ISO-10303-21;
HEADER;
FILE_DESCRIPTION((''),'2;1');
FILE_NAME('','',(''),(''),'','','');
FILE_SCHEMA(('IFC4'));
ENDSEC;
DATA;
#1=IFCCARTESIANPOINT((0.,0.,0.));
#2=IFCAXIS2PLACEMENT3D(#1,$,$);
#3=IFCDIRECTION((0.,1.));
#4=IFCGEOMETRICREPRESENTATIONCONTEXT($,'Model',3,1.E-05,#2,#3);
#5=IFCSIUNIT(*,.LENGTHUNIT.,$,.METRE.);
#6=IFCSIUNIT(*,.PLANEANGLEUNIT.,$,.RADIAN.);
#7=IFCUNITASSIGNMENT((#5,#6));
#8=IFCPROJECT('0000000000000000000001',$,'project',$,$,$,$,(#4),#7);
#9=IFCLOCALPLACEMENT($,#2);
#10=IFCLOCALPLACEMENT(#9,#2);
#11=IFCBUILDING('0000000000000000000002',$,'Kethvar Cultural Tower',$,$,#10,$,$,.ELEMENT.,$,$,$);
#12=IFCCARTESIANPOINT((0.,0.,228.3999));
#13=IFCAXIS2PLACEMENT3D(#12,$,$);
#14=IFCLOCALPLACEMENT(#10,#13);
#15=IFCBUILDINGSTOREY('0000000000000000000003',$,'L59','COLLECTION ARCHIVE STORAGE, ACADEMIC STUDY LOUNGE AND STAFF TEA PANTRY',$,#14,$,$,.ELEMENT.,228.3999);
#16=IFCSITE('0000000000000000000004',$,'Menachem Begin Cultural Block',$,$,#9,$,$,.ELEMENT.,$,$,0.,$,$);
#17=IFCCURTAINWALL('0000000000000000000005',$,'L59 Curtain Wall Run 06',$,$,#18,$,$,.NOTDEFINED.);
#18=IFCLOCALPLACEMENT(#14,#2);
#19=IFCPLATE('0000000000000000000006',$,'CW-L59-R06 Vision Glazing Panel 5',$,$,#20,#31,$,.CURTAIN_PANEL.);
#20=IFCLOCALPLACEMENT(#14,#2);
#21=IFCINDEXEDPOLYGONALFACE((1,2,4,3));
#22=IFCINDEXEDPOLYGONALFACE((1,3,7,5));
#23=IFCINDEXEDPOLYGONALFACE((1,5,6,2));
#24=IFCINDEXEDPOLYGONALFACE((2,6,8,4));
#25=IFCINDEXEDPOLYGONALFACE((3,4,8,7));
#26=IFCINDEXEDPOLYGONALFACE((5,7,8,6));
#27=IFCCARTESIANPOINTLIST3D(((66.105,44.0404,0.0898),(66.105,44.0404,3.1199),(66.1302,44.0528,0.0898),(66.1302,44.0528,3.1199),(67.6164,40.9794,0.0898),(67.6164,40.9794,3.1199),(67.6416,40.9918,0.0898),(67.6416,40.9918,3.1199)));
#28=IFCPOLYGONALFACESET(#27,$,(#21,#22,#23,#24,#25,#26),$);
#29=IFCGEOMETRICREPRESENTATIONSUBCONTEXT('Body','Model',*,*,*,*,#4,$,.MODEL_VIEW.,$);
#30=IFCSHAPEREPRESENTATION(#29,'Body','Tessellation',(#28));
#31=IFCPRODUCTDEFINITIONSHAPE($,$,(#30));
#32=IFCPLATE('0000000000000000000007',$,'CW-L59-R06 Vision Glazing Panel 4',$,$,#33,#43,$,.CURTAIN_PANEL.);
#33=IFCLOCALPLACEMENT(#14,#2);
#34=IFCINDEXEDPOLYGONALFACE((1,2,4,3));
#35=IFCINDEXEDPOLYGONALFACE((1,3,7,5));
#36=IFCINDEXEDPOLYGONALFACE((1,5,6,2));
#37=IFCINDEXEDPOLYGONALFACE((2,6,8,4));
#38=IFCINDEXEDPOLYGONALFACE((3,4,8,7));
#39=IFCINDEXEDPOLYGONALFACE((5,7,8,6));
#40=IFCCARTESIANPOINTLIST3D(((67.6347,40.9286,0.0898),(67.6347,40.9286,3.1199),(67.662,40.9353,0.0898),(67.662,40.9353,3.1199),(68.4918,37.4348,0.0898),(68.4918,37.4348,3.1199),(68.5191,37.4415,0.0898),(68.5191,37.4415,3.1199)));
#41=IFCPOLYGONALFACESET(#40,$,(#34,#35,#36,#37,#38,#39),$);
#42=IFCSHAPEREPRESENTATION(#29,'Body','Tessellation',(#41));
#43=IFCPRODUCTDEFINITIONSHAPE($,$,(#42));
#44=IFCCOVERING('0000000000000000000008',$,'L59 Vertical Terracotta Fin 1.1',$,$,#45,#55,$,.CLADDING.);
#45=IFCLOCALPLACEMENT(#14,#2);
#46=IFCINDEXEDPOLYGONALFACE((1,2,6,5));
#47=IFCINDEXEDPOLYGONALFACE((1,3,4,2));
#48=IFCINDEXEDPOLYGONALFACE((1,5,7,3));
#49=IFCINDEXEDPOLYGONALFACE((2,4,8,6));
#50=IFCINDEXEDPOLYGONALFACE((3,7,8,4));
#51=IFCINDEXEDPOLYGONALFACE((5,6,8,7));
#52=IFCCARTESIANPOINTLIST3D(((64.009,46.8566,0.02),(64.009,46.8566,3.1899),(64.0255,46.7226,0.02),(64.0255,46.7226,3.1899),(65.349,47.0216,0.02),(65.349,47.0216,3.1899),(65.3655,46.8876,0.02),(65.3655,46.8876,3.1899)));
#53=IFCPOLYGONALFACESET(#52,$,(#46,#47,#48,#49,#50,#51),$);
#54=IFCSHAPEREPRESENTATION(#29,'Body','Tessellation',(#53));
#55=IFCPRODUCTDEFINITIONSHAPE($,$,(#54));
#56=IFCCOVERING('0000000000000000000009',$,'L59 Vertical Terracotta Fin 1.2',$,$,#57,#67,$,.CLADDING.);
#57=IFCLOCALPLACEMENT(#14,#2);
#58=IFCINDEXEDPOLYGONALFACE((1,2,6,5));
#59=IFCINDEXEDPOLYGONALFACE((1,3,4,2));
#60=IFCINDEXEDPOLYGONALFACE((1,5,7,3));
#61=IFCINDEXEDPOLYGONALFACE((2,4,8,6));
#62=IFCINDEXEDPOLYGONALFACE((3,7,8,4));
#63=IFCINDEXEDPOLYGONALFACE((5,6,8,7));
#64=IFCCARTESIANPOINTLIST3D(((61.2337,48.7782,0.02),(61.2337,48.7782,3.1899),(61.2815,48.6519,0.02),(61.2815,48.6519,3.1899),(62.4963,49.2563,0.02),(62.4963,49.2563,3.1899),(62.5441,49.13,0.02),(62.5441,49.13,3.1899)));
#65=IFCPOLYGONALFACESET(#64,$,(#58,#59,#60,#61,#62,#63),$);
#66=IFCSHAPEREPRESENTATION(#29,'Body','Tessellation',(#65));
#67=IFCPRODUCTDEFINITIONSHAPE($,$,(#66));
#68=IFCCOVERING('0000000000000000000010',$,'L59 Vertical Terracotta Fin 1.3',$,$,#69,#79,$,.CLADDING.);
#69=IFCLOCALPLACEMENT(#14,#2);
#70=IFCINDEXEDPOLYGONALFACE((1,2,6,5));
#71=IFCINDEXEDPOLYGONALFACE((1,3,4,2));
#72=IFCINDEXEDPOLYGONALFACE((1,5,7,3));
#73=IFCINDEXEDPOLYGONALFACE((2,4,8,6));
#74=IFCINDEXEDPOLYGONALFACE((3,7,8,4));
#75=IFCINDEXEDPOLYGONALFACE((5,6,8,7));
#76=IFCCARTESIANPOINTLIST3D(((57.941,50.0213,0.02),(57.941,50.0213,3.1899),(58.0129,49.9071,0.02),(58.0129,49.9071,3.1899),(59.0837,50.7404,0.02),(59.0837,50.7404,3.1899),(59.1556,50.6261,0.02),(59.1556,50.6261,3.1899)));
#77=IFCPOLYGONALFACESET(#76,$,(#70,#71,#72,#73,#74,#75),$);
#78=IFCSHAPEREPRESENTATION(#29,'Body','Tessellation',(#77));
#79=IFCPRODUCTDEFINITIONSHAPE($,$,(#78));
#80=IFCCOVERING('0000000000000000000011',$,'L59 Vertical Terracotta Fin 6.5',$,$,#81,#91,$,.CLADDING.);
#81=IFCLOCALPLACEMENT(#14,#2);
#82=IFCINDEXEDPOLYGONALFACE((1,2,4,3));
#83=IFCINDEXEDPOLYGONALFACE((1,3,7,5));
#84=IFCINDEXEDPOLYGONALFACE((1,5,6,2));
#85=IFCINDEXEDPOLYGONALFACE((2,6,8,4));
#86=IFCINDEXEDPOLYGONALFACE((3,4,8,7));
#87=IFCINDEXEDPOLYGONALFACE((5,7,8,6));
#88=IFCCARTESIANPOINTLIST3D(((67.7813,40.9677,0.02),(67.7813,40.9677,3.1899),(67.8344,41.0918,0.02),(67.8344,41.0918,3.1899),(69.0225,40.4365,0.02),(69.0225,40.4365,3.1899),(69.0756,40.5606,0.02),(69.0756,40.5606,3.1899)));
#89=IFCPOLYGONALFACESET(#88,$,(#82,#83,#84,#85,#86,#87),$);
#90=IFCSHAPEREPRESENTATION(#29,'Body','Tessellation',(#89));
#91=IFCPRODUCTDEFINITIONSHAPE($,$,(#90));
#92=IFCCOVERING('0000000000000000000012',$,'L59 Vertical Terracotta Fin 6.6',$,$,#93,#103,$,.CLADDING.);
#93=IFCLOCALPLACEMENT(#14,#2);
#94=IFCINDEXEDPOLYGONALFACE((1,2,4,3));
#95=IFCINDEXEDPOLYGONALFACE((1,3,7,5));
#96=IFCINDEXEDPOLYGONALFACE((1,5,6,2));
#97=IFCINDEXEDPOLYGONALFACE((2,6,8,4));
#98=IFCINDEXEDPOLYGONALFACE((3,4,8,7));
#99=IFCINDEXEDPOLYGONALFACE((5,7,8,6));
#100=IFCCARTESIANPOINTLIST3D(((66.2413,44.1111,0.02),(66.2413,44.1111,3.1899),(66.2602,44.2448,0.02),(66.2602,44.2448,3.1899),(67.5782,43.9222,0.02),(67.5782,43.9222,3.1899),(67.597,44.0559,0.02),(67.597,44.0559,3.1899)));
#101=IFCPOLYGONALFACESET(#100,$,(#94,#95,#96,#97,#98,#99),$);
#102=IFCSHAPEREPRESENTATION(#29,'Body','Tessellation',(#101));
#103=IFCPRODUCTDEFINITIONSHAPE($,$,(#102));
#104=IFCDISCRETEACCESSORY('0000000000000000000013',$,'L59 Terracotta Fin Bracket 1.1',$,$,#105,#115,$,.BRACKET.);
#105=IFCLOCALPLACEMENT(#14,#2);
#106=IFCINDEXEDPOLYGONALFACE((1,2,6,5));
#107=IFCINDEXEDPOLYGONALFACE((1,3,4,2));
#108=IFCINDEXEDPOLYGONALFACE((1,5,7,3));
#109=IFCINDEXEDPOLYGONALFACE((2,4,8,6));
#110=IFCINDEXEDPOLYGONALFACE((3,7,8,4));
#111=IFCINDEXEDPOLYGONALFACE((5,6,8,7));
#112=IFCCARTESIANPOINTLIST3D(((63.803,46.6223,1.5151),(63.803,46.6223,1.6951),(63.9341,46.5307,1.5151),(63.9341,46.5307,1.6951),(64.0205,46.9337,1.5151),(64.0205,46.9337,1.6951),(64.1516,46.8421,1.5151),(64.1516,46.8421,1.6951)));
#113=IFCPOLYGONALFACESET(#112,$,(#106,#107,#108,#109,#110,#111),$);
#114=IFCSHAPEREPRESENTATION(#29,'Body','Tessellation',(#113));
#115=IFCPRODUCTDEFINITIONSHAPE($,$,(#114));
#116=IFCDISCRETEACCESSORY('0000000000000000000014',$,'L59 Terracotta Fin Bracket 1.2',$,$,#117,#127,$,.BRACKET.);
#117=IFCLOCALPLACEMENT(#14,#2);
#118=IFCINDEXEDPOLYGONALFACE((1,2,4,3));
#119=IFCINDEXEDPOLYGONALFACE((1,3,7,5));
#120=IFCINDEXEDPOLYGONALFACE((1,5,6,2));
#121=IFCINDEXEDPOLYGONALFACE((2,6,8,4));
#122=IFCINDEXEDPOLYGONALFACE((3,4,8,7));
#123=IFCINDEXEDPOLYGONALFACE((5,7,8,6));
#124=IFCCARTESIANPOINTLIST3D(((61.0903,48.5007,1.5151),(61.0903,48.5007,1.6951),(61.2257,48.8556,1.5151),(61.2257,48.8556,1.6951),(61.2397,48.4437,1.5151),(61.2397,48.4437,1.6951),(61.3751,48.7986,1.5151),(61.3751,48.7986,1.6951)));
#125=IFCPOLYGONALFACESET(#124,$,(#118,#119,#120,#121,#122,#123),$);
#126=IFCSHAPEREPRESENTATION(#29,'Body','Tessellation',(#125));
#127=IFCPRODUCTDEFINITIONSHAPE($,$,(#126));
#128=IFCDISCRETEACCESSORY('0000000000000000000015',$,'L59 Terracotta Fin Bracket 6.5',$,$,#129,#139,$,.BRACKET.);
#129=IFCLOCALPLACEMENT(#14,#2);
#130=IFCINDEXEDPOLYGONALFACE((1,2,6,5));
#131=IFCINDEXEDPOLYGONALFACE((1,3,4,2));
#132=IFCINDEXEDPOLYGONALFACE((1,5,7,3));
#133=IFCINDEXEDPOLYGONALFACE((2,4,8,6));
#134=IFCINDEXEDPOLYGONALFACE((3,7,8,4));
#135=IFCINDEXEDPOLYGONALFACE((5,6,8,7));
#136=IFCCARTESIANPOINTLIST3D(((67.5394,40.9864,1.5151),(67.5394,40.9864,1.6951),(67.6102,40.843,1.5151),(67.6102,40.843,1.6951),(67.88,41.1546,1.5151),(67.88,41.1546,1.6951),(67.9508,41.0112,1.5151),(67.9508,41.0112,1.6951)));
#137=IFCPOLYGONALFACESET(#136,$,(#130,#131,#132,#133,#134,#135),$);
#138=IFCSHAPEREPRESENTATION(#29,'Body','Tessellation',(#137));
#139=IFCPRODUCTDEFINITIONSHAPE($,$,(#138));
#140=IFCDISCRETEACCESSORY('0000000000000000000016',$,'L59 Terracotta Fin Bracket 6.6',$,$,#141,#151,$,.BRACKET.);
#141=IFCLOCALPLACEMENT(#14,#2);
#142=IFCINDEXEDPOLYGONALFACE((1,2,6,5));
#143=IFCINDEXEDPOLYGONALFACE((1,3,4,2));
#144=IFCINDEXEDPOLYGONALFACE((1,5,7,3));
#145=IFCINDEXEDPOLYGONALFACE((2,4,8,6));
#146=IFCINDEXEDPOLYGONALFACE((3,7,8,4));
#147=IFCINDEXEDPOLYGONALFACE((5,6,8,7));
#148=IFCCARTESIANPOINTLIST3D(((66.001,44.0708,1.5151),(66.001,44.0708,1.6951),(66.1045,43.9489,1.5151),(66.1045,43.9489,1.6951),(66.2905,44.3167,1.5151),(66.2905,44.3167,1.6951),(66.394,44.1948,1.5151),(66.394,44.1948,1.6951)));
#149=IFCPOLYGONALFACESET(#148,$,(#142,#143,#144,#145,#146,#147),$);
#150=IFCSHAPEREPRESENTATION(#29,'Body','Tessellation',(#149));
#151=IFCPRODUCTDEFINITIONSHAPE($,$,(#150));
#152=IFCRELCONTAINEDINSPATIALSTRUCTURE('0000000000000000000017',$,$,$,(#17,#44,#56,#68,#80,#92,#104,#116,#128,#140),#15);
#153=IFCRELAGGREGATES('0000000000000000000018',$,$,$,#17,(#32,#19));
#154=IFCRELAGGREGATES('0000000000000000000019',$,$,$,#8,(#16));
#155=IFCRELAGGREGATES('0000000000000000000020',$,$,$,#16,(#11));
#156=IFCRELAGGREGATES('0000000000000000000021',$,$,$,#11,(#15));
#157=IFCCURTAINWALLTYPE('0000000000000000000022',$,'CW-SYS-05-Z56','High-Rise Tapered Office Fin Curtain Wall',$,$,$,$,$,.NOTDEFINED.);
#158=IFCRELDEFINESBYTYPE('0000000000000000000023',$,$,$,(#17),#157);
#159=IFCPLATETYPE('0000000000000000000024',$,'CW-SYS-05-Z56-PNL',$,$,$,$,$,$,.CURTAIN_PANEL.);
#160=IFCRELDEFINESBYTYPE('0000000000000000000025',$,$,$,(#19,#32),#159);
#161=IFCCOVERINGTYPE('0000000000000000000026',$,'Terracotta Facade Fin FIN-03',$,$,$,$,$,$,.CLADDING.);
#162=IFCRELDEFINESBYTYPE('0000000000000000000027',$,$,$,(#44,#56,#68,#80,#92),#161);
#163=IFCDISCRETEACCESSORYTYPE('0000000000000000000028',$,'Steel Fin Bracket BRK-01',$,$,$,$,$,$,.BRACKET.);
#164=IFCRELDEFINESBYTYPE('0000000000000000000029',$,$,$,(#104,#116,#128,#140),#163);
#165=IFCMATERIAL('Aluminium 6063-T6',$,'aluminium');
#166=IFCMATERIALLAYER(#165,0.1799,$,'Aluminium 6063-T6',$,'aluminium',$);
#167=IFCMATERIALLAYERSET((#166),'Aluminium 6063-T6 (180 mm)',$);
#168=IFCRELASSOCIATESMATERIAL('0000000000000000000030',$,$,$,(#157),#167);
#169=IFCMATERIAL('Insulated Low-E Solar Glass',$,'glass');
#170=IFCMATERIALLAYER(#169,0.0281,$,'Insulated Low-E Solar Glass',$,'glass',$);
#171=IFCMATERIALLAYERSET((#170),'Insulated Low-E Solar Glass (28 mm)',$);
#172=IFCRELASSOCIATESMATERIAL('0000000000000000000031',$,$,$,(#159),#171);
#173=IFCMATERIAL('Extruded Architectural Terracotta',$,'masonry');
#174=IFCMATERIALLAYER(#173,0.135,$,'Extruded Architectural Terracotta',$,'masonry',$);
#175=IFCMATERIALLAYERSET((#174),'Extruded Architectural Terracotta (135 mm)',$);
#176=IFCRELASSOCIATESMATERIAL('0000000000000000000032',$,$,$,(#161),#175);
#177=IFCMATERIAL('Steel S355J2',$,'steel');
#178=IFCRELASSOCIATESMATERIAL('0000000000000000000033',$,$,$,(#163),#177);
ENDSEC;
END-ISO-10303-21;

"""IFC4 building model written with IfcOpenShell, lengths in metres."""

from ifc_helpers import new_model, si_unit, direction, frame, origin, origin_2d, place, context, subcontext, project, spatial, rectangle, extrude, source, transform, mapped, material, layer, layer_set, type_object, element, aggregate, save


model = new_model("IFC4")

# Units and contexts
model_context = context("Model", 3, precision=1e-05, world=origin(), true_north=direction((0.0, 1.0)))
body_context = subcontext(model_context, "Body", "Model", "MODEL_VIEW")
ifc_project = project(units=[si_unit("LENGTHUNIT", "METRE"), si_unit("PLANEANGLEUNIT", "RADIAN")], contexts=[model_context])

# Site, building, storey
site_placement = place(None, origin())
site = spatial("IfcSite", under=ifc_project, at=site_placement, Name="Menachem Begin Cultural Block", CompositionType="ELEMENT", RefElevation=0.0)
building_placement = place(site_placement, origin())
building = spatial("IfcBuilding", under=site, at=building_placement, Name="Kethvar Cultural Tower", CompositionType="ELEMENT")
storey_placement = place(building_placement, frame((0.0, 0.0, 228.3999)))
storey = spatial("IfcBuildingStorey", under=building, at=storey_placement, Name="L59", Description="COLLECTION ARCHIVE STORAGE, ACADEMIC STUDY LOUNGE AND STAFF TEA PANTRY", CompositionType="ELEMENT", Elevation=228.3999)

# Shared definitions
ifc_material_1 = material(Name="Steel S355J2", Category="steel")

# Curtain wall
ifc_material_2 = material(Name="Aluminium 6063-T6", Category="aluminium")
ifc_layer_1 = layer(ifc_material_2, 0.1799, Name="Aluminium 6063-T6", Category="aluminium")
ifc_layer_set_1 = layer_set([ifc_layer_1], Name="Aluminium 6063-T6 (180 mm)")
curtain_wall_type = type_object("IfcCurtainWallType", Name="CW-SYS-05-Z56", Description="High-Rise Tapered Office Fin Curtain Wall", PredefinedType="NOTDEFINED", material=ifc_layer_set_1)
curtain_wall_1_placement = place(storey_placement, origin())
curtain_wall_1 = element("IfcCurtainWall", 1, at=curtain_wall_1_placement, inside=storey, type_object=curtain_wall_type, Name="L59 Curtain Wall Run 06", PredefinedType="NOTDEFINED")

# Plates
ifc_material_3 = material(Name="Insulated Low-E Solar Glass", Category="glass")
ifc_layer_2 = layer(ifc_material_3, 0.0281, Name="Insulated Low-E Solar Glass", Category="glass")
ifc_layer_set_2 = layer_set([ifc_layer_2], Name="Insulated Low-E Solar Glass (28 mm)")
plate_type = type_object("IfcPlateType", Name="CW-SYS-05-Z56-PNL", PredefinedType="CURTAIN_PANEL", material=ifc_layer_set_2)
shared_shape_1 = source(origin(), body_context, "Body", "SweptSolid", [
    extrude(rectangle(XDim=3.4138, YDim=0.0281, at=origin_2d()), origin(), (0.0, 0.0, 1.0), 3.03),
])
plate_1_placement = place(storey_placement, frame((66.8733, 42.5161, 0.0898), z_axis=(0.0, 0.0, 1.0), x_axis=(-0.442727, 0.896656, 0.0)))
plate_1 = element("IfcPlate", 2, at=plate_1_placement, type_object=plate_type, Name="CW-L59-R06 Vision Glazing Panel 5", PredefinedType="CURTAIN_PANEL", context=body_context, shape_type="MappedRepresentation", body=[
    mapped(shared_shape_1, transform((0.0, 0.0, 0.0), scale=1.0)),
])
shared_shape_2 = source(origin(), body_context, "Body", "SweptSolid", [
    extrude(rectangle(XDim=3.5974, YDim=0.0281, at=origin_2d()), origin(), (0.0, 0.0, 1.0), 3.03),
])
plate_2_placement = place(storey_placement, frame((68.0769, 39.1851, 0.0898), z_axis=(0.0, 0.0, 1.0), x_axis=(-0.238245, 0.971205, 0.0)))
plate_2 = element("IfcPlate", 3, at=plate_2_placement, type_object=plate_type, Name="CW-L59-R06 Vision Glazing Panel 4", PredefinedType="CURTAIN_PANEL", context=body_context, shape_type="MappedRepresentation", body=[
    mapped(shared_shape_2, transform((0.0, 0.0, 0.0), scale=1.0)),
])
aggregate(curtain_wall_1, [plate_2, plate_1])

# Coverings
ifc_material_4 = material(Name="Extruded Architectural Terracotta", Category="masonry")
ifc_layer_3 = layer(ifc_material_4, 0.135, Name="Extruded Architectural Terracotta", Category="masonry")
ifc_layer_set_3 = layer_set([ifc_layer_3], Name="Extruded Architectural Terracotta (135 mm)")
covering_type = type_object("IfcCoveringType", Name="Terracotta Facade Fin FIN-03", PredefinedType="CLADDING", material=ifc_layer_set_3)
shared_shape_3 = source(origin(), body_context, "Body", "SweptSolid", [
    extrude(rectangle(XDim=1.3501, YDim=0.135, at=origin_2d()), origin(), (0.0, 0.0, 1.0), 3.1699),
])
for number, where, z_axis, x_axis, name in (
    (4, (64.6873, 46.8721, 0.02), (0.0, 0.0, 1.0), (0.992504, 0.122216, 0.0), "L59 Vertical Terracotta Fin 1.1"),
    (5, (61.8889, 48.9541, 0.02), (0.0, 0.0, 1.0), (0.935197, 0.354128, 0.0), "L59 Vertical Terracotta Fin 1.2"),
    (6, (58.5483, 50.3237, 0.02), (0.0, 0.0, 1.0), (0.846379, 0.532581, 0.0), "L59 Vertical Terracotta Fin 1.3"),
    (7, (68.4285, 40.7642, 0.02), (0.0, 0.0, 1.0), (0.919341, -0.393461, 0.0), "L59 Vertical Terracotta Fin 6.5"),
    (8, (66.9192, 44.0835, 0.02), (0.0, 0.0, 1.0), (0.990171, -0.139864, 0.0), "L59 Vertical Terracotta Fin 6.6"),
):
    element("IfcCovering", number, at=place(storey_placement, frame(where, z_axis=z_axis, x_axis=x_axis)), inside=storey, type_object=covering_type, Name=name, PredefinedType="CLADDING", context=body_context, shape_type="MappedRepresentation", body=[
        mapped(shared_shape_3, transform((0.0, 0.0, 0.0), scale=1.0)),
    ])

# Discrete accessories
discrete_accessory_type = type_object("IfcDiscreteAccessoryType", Name="Steel Fin Bracket BRK-01", PredefinedType="BRACKET", material=ifc_material_1)
shared_shape_4 = source(origin(), body_context, "Body", "SweptSolid", [
    extrude(rectangle(XDim=0.3799, YDim=0.1599, at=origin_2d()), origin(), (0.0, 0.0, 1.0), 0.1799),
])
for number, where, z_axis, x_axis, name in (
    (9, (63.9773, 46.7322, 1.5151), (0.0, 0.0, 1.0), (0.572718, 0.819752, 0.0), "L59 Terracotta Fin Bracket 1.1"),
    (10, (61.2327, 48.6497, 1.5151), (0.0, 0.0, 1.0), (0.356412, 0.934329, 0.0), "L59 Terracotta Fin Bracket 1.2"),
    (11, (67.7451, 40.9988, 1.5151), (0.0, 0.0, 1.0), (0.896641, 0.442758, 0.0), "L59 Terracotta Fin Bracket 6.5"),
    (12, (66.1975, 44.1328, 1.5151), (0.0, 0.0, 1.0), (0.762217, 0.647322, 0.0), "L59 Terracotta Fin Bracket 6.6"),
):
    element("IfcDiscreteAccessory", number, at=place(storey_placement, frame(where, z_axis=z_axis, x_axis=x_axis)), inside=storey, type_object=discrete_accessory_type, Name=name, PredefinedType="BRACKET", context=body_context, shape_type="MappedRepresentation", body=[
        mapped(shared_shape_4, transform((0.0, 0.0, 0.0), scale=1.0)),
    ])

save(model, "model.ifc")
